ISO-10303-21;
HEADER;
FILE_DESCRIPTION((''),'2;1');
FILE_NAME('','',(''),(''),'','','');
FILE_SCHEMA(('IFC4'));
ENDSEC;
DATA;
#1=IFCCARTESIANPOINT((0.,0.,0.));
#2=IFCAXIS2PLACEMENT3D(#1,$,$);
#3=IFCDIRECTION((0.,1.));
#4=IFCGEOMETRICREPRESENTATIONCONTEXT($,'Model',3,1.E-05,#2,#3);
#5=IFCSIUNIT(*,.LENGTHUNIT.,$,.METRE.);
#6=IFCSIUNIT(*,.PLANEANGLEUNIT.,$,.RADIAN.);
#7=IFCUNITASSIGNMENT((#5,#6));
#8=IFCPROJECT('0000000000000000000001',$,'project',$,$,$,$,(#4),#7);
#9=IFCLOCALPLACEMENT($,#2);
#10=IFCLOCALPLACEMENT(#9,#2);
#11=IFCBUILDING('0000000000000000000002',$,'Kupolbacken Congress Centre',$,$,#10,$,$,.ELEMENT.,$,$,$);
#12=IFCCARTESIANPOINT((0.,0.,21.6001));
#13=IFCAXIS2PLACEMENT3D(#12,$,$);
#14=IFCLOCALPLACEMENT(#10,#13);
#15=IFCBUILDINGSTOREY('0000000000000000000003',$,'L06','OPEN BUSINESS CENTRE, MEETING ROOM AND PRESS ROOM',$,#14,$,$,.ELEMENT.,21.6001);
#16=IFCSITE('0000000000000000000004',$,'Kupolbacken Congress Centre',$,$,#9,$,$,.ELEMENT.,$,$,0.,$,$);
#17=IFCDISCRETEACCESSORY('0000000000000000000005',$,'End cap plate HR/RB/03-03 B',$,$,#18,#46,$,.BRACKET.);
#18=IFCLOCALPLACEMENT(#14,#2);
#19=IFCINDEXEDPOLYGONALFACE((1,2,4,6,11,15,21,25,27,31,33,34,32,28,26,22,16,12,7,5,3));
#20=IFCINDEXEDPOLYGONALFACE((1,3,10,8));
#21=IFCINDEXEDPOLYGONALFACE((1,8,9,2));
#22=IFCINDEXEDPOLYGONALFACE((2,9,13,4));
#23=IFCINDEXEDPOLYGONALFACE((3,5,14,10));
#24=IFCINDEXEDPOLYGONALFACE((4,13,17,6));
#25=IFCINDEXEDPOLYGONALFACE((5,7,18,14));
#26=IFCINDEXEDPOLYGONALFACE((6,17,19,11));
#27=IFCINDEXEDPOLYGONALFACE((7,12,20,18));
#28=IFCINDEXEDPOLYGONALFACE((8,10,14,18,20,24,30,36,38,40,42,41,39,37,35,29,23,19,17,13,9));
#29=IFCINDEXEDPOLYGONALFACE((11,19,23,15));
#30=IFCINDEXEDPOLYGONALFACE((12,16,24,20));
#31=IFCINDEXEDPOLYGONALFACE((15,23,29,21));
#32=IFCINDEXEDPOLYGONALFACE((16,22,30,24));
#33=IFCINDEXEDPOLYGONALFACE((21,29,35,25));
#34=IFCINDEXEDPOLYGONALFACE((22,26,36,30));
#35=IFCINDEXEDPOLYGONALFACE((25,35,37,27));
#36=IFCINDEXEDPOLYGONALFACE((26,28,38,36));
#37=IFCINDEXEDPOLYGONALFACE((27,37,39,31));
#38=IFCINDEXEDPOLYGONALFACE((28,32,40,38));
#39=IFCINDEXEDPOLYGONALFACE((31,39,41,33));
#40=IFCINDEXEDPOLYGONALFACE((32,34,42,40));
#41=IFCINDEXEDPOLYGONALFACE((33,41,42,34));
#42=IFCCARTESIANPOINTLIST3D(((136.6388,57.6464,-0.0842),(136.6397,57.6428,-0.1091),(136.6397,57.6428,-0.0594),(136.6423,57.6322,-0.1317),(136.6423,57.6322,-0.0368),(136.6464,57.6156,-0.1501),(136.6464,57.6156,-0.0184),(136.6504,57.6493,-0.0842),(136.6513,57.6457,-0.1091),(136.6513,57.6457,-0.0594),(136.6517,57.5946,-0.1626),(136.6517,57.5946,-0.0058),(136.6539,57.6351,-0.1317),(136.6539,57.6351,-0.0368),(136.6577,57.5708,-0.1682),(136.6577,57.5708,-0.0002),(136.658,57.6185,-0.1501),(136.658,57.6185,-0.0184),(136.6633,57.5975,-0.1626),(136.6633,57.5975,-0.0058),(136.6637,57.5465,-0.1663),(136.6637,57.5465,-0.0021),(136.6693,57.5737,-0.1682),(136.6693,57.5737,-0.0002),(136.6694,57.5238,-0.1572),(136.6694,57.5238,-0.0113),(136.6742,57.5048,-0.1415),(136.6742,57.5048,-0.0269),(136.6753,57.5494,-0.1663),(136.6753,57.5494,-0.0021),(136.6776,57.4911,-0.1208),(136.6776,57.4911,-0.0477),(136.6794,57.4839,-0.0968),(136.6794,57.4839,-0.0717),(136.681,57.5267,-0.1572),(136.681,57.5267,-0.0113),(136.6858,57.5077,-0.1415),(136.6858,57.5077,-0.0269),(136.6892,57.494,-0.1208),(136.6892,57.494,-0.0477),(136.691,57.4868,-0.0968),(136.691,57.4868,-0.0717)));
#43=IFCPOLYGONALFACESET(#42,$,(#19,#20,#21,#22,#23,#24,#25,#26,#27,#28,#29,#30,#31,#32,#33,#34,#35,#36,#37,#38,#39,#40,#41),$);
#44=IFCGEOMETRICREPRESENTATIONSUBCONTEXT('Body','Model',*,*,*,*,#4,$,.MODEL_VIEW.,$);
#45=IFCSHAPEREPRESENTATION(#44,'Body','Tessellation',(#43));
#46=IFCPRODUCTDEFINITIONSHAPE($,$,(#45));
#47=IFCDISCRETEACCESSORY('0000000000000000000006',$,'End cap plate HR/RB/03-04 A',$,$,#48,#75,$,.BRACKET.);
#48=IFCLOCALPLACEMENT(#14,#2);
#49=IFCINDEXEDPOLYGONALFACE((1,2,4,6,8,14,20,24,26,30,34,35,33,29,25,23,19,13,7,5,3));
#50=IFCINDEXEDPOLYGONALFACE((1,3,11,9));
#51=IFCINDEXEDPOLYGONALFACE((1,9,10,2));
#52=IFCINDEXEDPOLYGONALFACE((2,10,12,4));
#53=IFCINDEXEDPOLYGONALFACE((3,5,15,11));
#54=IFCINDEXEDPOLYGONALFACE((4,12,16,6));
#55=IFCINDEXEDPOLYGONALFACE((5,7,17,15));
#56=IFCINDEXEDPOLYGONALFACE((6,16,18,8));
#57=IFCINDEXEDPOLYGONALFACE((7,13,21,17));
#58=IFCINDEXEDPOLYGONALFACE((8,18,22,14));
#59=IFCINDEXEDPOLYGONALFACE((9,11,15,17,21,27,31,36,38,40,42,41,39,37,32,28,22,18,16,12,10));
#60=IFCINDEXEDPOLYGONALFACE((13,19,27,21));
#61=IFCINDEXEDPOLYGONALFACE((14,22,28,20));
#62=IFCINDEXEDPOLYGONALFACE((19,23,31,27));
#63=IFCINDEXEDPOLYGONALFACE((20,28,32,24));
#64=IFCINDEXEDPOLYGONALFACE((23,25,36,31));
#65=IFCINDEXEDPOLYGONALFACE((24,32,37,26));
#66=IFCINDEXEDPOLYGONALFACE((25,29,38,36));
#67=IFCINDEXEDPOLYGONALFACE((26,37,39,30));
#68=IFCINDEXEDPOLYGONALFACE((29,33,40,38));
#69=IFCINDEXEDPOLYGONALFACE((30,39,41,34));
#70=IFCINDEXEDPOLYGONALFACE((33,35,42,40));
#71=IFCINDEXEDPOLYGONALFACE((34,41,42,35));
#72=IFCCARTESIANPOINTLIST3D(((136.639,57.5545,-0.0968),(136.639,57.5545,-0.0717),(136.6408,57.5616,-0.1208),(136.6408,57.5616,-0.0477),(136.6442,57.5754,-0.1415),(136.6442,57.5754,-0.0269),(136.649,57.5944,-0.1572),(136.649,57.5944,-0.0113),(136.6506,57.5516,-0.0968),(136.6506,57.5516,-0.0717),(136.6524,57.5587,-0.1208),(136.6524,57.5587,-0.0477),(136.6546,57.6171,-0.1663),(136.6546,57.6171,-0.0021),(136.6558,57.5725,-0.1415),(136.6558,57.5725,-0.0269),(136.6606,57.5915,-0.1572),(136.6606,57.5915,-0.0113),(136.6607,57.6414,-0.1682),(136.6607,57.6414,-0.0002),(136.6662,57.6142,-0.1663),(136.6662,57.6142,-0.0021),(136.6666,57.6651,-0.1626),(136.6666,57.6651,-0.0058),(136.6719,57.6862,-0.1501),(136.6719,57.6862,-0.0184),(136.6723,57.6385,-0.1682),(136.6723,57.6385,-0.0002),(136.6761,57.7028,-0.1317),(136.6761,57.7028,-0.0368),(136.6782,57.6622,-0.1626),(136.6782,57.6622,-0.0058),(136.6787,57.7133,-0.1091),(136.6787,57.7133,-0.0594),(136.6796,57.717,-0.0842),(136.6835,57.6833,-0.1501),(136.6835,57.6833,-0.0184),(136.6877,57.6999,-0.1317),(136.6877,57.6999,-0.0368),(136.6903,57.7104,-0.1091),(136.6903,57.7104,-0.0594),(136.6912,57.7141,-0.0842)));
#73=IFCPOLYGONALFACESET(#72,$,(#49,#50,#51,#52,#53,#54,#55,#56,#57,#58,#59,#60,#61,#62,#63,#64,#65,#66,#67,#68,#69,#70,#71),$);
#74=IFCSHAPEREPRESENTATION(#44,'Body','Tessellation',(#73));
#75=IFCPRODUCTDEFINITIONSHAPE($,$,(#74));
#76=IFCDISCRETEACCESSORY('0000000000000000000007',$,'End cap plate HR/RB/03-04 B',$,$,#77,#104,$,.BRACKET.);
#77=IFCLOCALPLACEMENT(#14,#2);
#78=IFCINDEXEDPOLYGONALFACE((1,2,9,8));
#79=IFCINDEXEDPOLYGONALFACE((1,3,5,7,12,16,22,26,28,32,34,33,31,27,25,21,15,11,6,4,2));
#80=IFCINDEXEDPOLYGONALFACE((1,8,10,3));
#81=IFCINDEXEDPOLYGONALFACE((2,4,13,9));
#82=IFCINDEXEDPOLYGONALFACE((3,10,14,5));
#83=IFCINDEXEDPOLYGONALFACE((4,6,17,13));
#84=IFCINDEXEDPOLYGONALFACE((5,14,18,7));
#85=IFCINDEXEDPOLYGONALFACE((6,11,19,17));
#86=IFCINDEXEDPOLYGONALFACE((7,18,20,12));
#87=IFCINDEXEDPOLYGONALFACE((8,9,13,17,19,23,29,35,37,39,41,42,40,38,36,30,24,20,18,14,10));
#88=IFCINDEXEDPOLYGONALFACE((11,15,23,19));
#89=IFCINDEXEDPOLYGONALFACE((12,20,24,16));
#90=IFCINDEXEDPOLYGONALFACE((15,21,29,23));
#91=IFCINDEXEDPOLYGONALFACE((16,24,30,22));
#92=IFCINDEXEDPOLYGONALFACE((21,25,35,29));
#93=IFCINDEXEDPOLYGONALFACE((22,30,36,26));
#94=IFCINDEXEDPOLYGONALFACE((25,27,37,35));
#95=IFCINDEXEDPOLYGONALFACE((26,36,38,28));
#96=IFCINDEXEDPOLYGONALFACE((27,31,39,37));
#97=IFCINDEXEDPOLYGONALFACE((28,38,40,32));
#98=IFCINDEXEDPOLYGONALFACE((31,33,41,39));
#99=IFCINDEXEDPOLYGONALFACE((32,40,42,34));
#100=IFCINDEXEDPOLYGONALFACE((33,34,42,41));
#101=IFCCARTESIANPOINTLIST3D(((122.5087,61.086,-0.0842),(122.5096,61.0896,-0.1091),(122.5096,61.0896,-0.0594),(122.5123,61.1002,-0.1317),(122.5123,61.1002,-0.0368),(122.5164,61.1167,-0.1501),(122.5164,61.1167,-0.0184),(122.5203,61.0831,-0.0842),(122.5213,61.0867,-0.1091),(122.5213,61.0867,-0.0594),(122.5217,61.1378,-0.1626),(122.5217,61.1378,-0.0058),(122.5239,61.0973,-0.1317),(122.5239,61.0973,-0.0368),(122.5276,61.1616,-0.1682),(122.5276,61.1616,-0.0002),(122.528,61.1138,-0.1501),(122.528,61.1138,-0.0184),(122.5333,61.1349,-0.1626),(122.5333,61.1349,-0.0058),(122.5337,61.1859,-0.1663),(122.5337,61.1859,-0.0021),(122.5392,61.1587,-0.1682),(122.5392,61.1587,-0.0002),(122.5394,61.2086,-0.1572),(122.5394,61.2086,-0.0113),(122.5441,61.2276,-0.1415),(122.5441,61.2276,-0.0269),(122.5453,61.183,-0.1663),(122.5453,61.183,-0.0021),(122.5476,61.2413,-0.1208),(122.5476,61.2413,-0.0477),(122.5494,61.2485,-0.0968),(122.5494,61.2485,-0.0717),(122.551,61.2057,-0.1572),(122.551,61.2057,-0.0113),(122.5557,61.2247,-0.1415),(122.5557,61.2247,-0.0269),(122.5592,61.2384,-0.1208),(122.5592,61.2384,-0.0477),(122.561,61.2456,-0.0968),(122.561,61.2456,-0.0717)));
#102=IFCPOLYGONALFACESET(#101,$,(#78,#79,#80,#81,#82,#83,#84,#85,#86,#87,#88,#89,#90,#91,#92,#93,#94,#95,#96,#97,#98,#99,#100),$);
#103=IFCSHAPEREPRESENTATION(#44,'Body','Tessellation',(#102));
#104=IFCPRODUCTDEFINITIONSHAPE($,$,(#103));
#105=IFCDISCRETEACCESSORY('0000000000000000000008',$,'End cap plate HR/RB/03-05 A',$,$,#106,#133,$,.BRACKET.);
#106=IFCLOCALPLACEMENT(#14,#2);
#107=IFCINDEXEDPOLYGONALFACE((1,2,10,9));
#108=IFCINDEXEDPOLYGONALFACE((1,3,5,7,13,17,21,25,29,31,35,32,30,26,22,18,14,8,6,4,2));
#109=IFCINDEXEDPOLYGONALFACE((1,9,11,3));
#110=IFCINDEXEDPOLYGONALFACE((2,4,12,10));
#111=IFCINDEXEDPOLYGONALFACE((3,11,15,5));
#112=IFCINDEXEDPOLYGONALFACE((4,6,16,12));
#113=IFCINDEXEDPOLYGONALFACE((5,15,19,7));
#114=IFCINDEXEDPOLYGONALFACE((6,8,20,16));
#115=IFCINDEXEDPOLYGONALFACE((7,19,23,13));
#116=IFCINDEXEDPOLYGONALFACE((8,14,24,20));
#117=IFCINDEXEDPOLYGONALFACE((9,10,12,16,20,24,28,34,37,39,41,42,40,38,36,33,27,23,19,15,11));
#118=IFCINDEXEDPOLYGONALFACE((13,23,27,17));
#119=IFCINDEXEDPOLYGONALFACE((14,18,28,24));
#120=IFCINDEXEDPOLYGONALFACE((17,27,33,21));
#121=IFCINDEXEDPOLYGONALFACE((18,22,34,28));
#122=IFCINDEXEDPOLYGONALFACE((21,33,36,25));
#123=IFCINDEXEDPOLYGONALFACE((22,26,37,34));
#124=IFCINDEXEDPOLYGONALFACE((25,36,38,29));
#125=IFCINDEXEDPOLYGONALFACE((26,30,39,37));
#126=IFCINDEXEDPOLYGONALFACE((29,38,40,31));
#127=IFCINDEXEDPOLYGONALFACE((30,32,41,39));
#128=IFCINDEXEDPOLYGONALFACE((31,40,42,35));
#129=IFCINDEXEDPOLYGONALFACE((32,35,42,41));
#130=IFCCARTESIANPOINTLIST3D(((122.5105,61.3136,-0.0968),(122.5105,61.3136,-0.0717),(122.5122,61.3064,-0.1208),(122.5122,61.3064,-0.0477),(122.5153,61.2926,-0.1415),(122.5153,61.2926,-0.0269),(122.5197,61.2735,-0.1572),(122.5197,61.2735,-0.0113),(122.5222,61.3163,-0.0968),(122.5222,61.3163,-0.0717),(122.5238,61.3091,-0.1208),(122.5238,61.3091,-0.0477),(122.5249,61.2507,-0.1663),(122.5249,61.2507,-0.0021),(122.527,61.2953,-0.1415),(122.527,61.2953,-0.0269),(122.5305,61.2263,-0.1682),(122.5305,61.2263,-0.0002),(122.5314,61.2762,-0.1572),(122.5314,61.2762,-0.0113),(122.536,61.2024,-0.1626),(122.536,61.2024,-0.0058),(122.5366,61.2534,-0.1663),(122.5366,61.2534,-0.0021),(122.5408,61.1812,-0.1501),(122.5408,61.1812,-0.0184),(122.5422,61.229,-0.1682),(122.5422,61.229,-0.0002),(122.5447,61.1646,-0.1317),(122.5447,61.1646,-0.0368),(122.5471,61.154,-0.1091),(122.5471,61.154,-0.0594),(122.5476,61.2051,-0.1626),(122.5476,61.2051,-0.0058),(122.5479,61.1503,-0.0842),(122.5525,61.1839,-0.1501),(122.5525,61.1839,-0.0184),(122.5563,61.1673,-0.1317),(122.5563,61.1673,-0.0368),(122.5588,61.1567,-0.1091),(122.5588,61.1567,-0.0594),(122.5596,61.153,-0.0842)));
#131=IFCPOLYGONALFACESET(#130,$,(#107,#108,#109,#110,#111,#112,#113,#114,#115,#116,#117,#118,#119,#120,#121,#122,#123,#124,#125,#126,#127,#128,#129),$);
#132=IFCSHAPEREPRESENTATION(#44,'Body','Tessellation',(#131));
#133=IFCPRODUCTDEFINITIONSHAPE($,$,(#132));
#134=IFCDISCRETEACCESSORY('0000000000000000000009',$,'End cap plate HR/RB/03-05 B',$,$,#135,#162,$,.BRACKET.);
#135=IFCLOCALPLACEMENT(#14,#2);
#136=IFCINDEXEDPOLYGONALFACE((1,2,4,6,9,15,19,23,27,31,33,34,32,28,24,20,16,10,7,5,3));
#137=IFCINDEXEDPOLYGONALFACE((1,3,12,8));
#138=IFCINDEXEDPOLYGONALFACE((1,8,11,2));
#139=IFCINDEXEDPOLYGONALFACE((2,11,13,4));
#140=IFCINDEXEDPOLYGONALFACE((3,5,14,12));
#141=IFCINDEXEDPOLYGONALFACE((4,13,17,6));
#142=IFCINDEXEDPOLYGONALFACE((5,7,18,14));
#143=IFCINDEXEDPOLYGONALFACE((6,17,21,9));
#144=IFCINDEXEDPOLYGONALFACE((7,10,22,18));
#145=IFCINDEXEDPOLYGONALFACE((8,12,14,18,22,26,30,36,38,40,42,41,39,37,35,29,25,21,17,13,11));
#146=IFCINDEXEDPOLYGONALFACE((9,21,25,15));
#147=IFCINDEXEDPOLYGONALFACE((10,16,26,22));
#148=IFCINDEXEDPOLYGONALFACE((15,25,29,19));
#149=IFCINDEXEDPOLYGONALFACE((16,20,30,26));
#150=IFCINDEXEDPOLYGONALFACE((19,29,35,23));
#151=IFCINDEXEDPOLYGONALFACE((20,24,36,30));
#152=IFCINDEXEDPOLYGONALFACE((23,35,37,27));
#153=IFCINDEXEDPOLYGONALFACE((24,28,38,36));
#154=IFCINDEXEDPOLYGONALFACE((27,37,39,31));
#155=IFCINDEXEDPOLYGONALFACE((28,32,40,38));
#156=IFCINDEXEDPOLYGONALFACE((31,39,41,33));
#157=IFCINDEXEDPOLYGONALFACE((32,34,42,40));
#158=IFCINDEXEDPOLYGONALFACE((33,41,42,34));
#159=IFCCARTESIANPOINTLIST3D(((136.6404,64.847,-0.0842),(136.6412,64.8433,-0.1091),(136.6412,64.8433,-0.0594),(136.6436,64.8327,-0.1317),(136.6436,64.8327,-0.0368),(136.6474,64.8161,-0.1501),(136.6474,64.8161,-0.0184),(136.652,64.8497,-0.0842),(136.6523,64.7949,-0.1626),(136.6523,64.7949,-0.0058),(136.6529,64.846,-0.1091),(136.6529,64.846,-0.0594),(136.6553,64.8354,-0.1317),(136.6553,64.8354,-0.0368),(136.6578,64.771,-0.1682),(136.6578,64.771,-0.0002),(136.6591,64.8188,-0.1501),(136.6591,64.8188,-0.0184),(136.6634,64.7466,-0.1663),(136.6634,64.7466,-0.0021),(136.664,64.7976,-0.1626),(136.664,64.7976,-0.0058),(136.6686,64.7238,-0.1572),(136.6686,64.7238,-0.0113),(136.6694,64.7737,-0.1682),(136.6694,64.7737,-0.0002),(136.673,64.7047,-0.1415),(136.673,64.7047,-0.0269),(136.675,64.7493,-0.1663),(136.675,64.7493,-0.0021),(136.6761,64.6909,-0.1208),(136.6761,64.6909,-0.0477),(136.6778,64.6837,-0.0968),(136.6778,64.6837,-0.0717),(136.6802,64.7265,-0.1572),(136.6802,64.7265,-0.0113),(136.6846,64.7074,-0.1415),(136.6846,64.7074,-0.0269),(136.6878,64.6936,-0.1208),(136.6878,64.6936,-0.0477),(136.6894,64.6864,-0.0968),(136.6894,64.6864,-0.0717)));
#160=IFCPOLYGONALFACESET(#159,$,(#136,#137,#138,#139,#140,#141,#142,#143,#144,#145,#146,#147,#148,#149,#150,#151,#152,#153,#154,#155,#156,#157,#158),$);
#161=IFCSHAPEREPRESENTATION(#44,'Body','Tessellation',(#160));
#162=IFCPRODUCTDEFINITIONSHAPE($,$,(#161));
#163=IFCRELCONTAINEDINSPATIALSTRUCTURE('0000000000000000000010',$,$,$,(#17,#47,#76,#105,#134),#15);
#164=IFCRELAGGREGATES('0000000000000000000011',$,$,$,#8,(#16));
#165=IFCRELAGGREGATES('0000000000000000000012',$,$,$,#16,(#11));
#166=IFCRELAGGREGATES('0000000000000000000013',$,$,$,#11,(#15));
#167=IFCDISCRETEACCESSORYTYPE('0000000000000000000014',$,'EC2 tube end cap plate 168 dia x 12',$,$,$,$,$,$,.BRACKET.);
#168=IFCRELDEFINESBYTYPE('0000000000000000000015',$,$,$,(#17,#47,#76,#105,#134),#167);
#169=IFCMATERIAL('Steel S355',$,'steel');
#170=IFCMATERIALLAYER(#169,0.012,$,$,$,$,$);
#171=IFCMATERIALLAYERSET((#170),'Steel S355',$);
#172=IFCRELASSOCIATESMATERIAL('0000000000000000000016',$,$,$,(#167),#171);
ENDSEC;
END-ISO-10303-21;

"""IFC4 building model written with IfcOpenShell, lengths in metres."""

from ifc_helpers import new_model, si_unit, direction, frame, origin, origin_2d, place, context, subcontext, project, spatial, circle, extrude, material, layer, layer_set, type_object, element, save


model = new_model("IFC4")

# Units and contexts
model_context = context("Model", 3, precision=1e-05, world=origin(), true_north=direction((0.0, 1.0)))
body_context = subcontext(model_context, "Body", "Model", "MODEL_VIEW")
ifc_project = project(units=[si_unit("LENGTHUNIT", "METRE"), si_unit("PLANEANGLEUNIT", "RADIAN")], contexts=[model_context])

# Site, building, storey
site_placement = place(None, origin())
site = spatial("IfcSite", under=ifc_project, at=site_placement, Name="Kupolbacken Congress Centre", CompositionType="ELEMENT", RefElevation=0.0)
building_placement = place(site_placement, origin())
building = spatial("IfcBuilding", under=site, at=building_placement, Name="Kupolbacken Congress Centre", CompositionType="ELEMENT")
storey_placement = place(building_placement, frame((0.0, 0.0, 21.6001)))
storey = spatial("IfcBuildingStorey", under=building, at=storey_placement, Name="L06", Description="OPEN BUSINESS CENTRE, MEETING ROOM AND PRESS ROOM", CompositionType="ELEMENT", Elevation=21.6001)

# Discrete accessories
ifc_material_1 = material(Name="Steel S355", Category="steel")
ifc_layer_1 = layer(ifc_material_1, 0.012)
ifc_layer_set_1 = layer_set([ifc_layer_1], Name="Steel S355")
discrete_accessory_type = type_object("IfcDiscreteAccessoryType", Name="EC2 tube end cap plate 168 dia x 12", PredefinedType="BRACKET", material=ifc_layer_set_1)
for number, where, z_axis, x_axis, name in (
    (1, (136.6592, 57.5647, -0.0842), (0.970143, 0.242536, 0.0), (-0.242536, 0.970143, 0.0), "End cap plate HR/RB/03-03 B"),
    (2, (136.6592, 57.6353, -0.0842), (0.970143, -0.242536, 0.0), (0.242536, 0.970143, 0.0), "End cap plate HR/RB/03-04 A"),
    (3, (122.5408, 61.1648, -0.0842), (-0.970143, 0.242536, 0.0), (-0.242536, -0.970143, 0.0), "End cap plate HR/RB/03-04 B"),
    (4, (122.5408, 61.2351, -0.0842), (-0.974732, -0.223376, 0.0), (0.223376, -0.974732, 0.0), "End cap plate HR/RB/03-05 A"),
    (5, (136.6592, 64.7649, -0.0842), (0.974732, 0.223376, 0.0), (-0.223376, 0.974732, 0.0), "End cap plate HR/RB/03-05 B"),
):
    element("IfcDiscreteAccessory", number, at=place(storey_placement, frame(where, z_axis=z_axis, x_axis=x_axis)), inside=storey, type_object=discrete_accessory_type, Name=name, PredefinedType="BRACKET", context=body_context, shape_type="SweptSolid", body=[
        extrude(circle(Radius=0.0842, at=origin_2d()), origin(), (0.0, 0.0, 1.0), 0.012),
    ])

save(model, "model.ifc")
